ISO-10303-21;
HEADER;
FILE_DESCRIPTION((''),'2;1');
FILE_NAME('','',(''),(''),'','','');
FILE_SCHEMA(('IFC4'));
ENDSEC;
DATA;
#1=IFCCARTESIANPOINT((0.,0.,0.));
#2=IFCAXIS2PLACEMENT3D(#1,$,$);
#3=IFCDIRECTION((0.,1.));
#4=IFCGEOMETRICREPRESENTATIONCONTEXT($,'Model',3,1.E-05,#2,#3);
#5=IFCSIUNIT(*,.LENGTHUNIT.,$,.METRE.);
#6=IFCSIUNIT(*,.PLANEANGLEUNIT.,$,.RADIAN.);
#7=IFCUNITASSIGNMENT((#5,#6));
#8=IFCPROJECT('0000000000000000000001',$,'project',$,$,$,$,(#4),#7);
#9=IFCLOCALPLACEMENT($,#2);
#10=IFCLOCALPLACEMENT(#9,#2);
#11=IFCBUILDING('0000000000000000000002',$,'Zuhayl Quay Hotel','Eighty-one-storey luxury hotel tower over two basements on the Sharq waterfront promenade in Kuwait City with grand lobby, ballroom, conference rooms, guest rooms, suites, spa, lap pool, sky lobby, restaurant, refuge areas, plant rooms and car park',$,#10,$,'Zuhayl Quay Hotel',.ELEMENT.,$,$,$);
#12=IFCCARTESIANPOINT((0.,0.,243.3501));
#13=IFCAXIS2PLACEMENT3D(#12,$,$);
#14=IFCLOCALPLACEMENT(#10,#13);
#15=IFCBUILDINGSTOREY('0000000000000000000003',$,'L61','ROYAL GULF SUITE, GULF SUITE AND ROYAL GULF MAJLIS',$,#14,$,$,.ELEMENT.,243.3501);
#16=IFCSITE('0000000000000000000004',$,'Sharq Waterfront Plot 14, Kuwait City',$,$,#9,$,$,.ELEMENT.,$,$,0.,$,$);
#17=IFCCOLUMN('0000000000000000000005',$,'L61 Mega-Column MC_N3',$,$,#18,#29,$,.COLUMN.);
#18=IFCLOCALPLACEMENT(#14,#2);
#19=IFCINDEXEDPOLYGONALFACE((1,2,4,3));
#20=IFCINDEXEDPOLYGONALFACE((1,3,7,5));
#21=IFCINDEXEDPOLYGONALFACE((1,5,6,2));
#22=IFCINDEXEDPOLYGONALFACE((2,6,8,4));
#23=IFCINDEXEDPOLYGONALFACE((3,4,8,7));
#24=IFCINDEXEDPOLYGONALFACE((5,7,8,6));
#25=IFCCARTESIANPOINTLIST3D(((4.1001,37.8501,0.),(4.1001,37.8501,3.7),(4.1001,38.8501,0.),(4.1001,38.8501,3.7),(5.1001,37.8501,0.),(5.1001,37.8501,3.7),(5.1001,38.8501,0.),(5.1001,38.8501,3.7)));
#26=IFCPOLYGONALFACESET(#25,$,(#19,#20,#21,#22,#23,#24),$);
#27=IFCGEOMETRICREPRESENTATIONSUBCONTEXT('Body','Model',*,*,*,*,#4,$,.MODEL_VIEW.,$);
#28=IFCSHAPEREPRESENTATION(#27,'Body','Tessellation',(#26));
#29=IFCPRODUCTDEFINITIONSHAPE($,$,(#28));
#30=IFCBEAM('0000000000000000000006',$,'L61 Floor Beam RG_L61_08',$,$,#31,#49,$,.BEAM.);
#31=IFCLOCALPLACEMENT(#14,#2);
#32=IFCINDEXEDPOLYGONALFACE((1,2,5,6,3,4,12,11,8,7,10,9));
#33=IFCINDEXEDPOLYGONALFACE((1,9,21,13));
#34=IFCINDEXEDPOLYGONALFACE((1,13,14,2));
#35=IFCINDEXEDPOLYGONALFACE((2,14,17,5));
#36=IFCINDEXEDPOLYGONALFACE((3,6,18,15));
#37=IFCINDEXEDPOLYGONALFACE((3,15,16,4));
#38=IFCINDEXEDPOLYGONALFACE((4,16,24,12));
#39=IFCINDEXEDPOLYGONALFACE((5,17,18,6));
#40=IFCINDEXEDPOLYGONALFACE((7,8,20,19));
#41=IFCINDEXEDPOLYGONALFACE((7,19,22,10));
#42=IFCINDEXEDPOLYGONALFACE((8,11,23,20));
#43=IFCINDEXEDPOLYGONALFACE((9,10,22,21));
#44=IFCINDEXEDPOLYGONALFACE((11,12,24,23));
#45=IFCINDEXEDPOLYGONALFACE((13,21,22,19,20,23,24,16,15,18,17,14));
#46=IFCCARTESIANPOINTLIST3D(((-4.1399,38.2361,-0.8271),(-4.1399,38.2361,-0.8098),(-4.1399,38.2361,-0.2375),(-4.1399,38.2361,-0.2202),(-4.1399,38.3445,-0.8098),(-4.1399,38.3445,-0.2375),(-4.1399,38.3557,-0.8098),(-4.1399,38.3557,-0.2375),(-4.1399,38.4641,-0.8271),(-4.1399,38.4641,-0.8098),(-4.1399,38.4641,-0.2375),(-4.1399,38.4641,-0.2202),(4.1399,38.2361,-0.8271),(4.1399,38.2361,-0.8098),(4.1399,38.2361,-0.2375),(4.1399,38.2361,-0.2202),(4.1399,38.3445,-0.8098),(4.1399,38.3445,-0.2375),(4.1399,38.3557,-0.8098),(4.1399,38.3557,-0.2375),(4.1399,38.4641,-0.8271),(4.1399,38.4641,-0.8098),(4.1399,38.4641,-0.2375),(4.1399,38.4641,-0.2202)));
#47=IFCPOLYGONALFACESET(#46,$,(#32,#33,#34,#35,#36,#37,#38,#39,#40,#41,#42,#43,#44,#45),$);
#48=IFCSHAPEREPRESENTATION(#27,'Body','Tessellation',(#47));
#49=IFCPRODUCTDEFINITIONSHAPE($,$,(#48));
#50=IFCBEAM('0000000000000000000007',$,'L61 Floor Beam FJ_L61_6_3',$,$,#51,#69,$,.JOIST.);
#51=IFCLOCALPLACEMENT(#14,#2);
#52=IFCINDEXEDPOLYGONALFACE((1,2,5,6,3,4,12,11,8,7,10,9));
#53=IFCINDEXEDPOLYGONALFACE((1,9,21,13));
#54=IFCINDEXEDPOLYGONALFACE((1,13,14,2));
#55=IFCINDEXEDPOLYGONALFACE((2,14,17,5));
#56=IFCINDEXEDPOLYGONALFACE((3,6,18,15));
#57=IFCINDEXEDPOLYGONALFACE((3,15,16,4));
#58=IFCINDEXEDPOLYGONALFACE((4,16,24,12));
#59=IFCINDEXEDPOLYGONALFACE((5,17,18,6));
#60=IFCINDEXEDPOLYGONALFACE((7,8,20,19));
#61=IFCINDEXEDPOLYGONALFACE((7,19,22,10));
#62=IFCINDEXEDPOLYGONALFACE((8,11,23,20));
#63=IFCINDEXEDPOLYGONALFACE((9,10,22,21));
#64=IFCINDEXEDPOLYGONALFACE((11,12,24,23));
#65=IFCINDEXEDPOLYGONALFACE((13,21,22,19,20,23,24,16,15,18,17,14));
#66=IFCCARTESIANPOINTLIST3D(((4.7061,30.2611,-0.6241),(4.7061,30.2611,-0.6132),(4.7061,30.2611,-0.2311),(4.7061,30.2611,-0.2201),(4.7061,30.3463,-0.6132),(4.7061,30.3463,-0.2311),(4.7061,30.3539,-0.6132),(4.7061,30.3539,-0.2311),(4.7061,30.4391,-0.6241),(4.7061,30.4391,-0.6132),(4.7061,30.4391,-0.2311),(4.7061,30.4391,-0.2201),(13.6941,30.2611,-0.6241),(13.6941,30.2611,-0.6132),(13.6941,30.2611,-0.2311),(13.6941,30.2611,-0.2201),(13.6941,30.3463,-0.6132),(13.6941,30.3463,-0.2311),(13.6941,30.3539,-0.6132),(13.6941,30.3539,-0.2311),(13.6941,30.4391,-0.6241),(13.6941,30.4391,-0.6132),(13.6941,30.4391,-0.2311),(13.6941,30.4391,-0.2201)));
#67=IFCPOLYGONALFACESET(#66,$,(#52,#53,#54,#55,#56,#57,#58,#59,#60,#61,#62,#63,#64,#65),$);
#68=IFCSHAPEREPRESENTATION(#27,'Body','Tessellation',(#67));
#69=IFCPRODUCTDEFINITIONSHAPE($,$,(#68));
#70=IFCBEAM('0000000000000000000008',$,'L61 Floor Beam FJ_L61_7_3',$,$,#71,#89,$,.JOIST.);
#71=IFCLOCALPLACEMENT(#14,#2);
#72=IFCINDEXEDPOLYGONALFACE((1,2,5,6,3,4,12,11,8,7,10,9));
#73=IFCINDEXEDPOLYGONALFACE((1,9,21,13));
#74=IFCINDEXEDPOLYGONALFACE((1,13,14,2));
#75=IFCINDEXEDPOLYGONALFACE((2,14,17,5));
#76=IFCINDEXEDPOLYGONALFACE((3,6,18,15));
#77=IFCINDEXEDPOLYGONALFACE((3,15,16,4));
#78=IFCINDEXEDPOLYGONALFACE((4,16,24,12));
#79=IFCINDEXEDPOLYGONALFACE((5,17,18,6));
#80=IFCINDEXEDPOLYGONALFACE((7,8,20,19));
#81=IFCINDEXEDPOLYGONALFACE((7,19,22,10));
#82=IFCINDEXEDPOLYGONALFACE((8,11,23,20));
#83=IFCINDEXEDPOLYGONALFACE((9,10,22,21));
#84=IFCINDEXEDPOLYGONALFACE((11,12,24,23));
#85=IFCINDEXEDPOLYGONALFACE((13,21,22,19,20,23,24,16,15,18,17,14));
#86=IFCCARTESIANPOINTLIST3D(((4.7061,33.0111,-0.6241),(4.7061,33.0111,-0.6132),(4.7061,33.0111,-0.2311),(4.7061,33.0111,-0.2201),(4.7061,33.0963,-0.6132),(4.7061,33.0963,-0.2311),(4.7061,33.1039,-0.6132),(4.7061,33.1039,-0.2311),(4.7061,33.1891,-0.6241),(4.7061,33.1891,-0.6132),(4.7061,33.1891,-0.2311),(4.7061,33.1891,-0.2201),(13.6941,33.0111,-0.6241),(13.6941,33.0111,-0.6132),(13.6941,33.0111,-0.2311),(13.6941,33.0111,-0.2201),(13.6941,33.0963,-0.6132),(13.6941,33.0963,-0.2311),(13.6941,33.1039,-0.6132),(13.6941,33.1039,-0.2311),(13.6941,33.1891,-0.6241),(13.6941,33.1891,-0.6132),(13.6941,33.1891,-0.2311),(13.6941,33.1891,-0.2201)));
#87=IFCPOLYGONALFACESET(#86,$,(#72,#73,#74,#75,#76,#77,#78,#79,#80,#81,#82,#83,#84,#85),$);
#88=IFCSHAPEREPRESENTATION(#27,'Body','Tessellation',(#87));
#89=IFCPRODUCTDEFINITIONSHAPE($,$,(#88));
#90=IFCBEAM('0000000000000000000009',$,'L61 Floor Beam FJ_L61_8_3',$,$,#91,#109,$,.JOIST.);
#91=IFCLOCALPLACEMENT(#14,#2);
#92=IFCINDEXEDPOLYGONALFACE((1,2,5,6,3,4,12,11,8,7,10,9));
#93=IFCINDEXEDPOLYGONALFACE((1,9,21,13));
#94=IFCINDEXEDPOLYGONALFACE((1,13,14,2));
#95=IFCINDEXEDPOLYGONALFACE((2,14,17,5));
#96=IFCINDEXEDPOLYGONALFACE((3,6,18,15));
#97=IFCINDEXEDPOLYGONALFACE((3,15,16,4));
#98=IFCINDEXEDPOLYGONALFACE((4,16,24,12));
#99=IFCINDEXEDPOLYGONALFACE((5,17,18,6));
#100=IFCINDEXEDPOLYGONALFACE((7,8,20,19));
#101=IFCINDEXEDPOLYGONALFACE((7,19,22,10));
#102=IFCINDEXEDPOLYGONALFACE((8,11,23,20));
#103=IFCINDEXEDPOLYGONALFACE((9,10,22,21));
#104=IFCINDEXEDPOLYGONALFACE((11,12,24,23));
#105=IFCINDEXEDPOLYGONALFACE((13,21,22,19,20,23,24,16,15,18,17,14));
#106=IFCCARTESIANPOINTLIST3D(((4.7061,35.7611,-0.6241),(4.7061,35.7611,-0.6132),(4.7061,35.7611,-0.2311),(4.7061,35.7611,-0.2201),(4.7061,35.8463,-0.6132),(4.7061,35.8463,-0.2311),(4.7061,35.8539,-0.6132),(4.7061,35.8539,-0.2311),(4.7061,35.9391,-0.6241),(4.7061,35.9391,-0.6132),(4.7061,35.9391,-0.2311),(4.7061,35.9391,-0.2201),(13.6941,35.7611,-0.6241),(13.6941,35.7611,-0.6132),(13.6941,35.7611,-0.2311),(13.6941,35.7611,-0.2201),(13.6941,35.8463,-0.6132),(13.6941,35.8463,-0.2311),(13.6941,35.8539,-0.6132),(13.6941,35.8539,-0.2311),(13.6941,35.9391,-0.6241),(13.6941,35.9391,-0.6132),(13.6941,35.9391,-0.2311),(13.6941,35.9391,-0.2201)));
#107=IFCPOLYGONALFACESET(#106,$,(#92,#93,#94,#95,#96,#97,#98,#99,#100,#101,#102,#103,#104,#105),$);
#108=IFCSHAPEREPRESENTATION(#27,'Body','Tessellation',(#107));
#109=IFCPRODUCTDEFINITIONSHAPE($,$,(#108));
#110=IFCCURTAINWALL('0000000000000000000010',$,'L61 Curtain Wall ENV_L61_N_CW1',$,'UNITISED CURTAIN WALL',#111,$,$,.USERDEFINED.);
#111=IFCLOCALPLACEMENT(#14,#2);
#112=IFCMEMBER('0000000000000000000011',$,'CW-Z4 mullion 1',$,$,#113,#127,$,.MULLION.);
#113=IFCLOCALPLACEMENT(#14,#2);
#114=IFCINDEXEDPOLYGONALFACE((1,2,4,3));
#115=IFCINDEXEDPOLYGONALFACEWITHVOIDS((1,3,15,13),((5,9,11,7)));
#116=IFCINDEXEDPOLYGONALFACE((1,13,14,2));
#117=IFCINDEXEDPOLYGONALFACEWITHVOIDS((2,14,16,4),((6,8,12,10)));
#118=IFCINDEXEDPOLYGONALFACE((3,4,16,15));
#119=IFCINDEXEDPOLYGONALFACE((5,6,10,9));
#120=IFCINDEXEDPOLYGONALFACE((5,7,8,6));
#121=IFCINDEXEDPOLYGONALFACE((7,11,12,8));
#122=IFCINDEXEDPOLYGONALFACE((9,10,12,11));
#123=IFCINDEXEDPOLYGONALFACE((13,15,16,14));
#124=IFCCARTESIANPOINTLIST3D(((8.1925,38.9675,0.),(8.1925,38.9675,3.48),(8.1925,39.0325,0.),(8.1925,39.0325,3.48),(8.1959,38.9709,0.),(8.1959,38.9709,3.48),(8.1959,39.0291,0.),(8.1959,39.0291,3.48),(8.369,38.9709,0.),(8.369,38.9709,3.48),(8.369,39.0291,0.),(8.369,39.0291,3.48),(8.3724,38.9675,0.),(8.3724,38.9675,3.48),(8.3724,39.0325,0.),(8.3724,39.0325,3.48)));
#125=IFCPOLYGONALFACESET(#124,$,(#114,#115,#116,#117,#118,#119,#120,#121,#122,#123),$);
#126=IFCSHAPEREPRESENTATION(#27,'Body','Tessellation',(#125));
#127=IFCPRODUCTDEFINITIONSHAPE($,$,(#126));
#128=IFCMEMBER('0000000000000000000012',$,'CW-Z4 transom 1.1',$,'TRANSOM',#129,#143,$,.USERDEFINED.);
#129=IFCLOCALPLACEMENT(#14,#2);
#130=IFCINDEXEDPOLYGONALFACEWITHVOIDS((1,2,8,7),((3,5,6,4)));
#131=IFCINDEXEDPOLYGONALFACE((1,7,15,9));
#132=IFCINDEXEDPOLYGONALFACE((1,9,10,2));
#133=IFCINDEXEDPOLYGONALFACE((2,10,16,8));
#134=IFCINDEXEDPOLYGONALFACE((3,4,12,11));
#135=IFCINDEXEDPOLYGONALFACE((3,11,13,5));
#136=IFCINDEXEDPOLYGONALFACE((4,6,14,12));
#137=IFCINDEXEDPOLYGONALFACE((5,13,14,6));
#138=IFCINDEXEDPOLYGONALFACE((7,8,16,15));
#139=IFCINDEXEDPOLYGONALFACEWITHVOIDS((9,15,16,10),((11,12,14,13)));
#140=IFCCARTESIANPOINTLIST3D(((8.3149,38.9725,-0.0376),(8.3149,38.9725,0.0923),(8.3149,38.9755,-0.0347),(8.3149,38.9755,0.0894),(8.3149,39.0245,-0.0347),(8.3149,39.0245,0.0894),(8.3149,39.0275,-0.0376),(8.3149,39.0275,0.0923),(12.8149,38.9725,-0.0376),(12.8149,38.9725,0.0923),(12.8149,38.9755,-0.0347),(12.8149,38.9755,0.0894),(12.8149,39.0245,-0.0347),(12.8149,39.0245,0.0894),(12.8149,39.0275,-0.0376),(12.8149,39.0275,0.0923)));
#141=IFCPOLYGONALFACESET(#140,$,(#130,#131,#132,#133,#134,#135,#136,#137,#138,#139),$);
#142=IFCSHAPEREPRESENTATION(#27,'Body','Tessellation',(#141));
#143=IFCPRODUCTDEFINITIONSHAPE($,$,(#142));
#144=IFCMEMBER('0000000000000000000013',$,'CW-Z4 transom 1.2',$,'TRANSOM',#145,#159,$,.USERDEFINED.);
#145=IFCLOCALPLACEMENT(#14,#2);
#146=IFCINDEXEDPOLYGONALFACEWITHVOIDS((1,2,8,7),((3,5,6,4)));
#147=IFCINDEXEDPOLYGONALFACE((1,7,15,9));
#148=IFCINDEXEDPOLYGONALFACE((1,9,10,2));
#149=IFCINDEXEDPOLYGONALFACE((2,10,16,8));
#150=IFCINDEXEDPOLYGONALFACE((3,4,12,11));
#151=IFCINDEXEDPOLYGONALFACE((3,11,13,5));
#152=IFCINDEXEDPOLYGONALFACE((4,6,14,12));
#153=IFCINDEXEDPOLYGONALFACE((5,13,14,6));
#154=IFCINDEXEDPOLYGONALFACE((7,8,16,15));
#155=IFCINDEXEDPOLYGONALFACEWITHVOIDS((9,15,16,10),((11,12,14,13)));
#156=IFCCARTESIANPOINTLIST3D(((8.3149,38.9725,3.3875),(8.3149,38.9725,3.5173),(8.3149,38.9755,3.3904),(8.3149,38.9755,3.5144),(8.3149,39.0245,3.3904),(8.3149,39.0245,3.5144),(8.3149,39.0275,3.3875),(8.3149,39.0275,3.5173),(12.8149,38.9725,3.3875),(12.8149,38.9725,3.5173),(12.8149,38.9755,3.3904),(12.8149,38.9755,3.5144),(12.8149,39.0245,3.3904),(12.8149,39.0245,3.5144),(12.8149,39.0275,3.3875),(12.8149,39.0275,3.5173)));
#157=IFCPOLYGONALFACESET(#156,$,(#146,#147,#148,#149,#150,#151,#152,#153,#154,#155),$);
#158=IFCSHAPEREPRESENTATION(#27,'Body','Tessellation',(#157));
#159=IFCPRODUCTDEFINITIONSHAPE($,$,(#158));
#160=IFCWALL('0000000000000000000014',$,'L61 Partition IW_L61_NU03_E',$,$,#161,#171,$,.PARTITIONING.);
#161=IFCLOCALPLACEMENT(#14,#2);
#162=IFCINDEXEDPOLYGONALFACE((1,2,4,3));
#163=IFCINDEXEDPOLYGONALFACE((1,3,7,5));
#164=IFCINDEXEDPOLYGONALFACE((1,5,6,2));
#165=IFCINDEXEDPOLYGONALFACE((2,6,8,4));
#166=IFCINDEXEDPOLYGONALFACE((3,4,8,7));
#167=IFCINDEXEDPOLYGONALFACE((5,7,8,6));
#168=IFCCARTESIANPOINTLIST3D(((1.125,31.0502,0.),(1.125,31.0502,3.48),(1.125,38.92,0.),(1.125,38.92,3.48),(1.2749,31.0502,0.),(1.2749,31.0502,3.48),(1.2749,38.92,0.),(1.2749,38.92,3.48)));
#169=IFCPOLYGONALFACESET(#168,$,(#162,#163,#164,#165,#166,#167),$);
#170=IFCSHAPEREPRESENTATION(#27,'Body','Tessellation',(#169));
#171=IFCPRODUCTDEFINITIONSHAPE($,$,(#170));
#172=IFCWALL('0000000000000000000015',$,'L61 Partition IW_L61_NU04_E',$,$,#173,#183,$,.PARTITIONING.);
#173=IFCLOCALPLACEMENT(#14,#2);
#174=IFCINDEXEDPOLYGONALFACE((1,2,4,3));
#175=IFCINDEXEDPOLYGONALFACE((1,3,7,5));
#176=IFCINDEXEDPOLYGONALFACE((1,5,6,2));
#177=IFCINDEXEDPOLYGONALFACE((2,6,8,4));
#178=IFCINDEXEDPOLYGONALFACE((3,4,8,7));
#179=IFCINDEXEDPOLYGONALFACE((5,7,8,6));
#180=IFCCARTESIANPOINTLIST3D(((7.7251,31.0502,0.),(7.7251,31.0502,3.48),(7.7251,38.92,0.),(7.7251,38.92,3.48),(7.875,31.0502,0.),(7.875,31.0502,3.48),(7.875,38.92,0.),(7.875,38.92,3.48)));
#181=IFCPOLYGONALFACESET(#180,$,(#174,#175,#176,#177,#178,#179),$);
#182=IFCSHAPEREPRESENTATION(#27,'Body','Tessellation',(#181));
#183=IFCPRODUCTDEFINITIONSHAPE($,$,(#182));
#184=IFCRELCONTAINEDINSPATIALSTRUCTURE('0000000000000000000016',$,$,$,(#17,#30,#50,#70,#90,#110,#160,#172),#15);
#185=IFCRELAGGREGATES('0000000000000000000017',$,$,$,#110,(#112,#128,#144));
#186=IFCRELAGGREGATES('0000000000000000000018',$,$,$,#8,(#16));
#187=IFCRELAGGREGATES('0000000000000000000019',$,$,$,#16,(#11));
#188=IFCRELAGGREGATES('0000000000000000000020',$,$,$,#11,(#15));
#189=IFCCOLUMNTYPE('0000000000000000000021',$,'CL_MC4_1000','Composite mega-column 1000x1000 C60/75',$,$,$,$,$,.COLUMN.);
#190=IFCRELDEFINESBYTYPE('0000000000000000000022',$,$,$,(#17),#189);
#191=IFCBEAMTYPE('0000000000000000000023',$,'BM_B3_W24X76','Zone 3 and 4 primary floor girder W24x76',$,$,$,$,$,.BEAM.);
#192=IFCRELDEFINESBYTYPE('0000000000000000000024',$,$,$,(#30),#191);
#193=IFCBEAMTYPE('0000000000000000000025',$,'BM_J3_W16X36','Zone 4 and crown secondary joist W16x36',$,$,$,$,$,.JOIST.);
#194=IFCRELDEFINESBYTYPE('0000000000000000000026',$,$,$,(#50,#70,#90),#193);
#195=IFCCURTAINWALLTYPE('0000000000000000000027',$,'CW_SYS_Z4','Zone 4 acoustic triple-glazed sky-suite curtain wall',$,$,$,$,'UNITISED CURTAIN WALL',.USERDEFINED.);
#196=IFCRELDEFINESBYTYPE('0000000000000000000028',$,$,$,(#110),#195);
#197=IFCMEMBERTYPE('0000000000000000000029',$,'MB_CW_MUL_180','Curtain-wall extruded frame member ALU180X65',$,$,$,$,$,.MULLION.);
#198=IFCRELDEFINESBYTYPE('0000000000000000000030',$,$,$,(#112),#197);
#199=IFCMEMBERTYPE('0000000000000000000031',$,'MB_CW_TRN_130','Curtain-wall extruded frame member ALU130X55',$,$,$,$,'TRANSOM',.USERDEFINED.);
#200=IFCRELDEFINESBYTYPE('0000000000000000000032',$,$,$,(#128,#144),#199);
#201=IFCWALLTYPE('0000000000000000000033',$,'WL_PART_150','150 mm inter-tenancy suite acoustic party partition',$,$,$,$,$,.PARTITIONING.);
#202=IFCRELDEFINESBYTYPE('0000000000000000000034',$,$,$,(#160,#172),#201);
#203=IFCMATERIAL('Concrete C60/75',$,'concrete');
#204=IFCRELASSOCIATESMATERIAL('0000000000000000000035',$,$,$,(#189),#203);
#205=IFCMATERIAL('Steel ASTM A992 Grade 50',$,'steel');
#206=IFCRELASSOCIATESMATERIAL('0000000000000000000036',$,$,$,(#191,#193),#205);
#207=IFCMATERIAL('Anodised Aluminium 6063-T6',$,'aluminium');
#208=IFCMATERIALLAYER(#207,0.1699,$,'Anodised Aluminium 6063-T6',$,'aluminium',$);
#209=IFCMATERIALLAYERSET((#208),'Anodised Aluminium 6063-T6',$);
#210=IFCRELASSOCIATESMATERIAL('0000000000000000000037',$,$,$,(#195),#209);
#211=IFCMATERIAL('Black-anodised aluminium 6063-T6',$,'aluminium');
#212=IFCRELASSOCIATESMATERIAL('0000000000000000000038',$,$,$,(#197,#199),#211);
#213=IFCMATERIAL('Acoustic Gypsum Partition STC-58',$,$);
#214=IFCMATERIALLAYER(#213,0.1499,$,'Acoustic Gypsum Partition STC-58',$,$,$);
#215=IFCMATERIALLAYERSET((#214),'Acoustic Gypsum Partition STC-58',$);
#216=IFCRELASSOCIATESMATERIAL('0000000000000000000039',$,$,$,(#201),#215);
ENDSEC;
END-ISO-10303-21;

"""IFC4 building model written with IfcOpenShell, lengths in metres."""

from ifc_helpers import new_model, si_unit, direction, frame, frame_2d, origin, origin_2d, place, context, subcontext, project, spatial, rectangle, hollow_rectangle, i_section, extrude, material, layer, layer_set, material_profile, profile_set, type_object, element, aggregate, save


model = new_model("IFC4")

# Units and contexts
model_context = context("Model", 3, precision=1e-05, world=origin(), true_north=direction((0.0, 1.0)))
body_context = subcontext(model_context, "Body", "Model", "MODEL_VIEW")
ifc_project = project(units=[si_unit("LENGTHUNIT", "METRE"), si_unit("PLANEANGLEUNIT", "RADIAN")], contexts=[model_context])

# Site, building, storey
site_placement = place(None, origin())
site = spatial("IfcSite", under=ifc_project, at=site_placement, Name="Sharq Waterfront Plot 14, Kuwait City", CompositionType="ELEMENT", RefElevation=0.0)
building_placement = place(site_placement, origin())
building = spatial("IfcBuilding", under=site, at=building_placement, Name="Zuhayl Quay Hotel", Description="Eighty-one-storey luxury hotel tower over two basements on the Sharq waterfront promenade in Kuwait City with grand lobby, ballroom, conference rooms, guest rooms, suites, spa, lap pool, sky lobby, restaurant, refuge areas, plant rooms and car park", LongName="Zuhayl Quay Hotel", CompositionType="ELEMENT")
storey_placement = place(building_placement, frame((0.0, 0.0, 243.3501)))
storey = spatial("IfcBuildingStorey", under=building, at=storey_placement, Name="L61", Description="ROYAL GULF SUITE, GULF SUITE AND ROYAL GULF MAJLIS", CompositionType="ELEMENT", Elevation=243.3501)

# Column
ifc_material_1 = material(Name="Concrete C60/75", Category="concrete")
ifc_material_profile_1 = material_profile(ifc_material_1, rectangle(XDim=1.0, YDim=1.0, at=origin_2d()), Name="RC1000X1000")
ifc_profile_set_1 = profile_set([ifc_material_profile_1], Name="Concrete C60/75")
column_type = type_object("IfcColumnType", Name="CL_MC4_1000", Description="Composite mega-column 1000x1000 C60/75", PredefinedType="COLUMN", material=ifc_profile_set_1)
column_placement = place(storey_placement, frame((4.6001, 38.3501, 0.0), z_axis=(0.0, 0.0, 1.0), x_axis=(1.0, 0.0, 0.0)))
element("IfcColumn", 1, at=column_placement, inside=storey, type_object=column_type, Name="L61 Mega-Column MC_N3", PredefinedType="COLUMN", context=body_context, shape_type="SweptSolid", body=[
    extrude(rectangle(XDim=1.0, YDim=1.0, at=origin_2d()), origin(), (0.0, 0.0, 1.0), 3.7),
])

# Beams
ifc_material_2 = material(Name="Steel ASTM A992 Grade 50", Category="steel")
ifc_material_profile_2 = material_profile(ifc_material_2, i_section(OverallWidth=0.228, OverallDepth=0.6069, WebThickness=0.0112, FlangeThickness=0.0173, at=origin_2d()), Name="W24X76")
ifc_profile_set_2 = profile_set([ifc_material_profile_2], Name="Steel ASTM A992 Grade 50")
beam_type_1 = type_object("IfcBeamType", Name="BM_B3_W24X76", Description="Zone 3 and 4 primary floor girder W24x76", PredefinedType="BEAM", material=ifc_profile_set_2)
beam_placement = place(storey_placement, frame((4.1399, 38.3501, -0.5237), z_axis=(-1.0, 0.0, 0.0), x_axis=(0.0, -1.0, 0.0)))
element("IfcBeam", 2, at=beam_placement, inside=storey, type_object=beam_type_1, Name="L61 Floor Beam RG_L61_08", PredefinedType="BEAM", context=body_context, shape_type="SweptSolid", body=[
    extrude(i_section(OverallWidth=0.228, OverallDepth=0.6069, WebThickness=0.0112, FlangeThickness=0.0173, at=origin_2d()), origin(), (0.0, 0.0, 1.0), 8.2798),
])
ifc_material_profile_3 = material_profile(ifc_material_2, i_section(OverallWidth=0.178, OverallDepth=0.4041, WebThickness=0.0076, FlangeThickness=0.011, at=origin_2d()), Name="W16X36")
ifc_profile_set_3 = profile_set([ifc_material_profile_3], Name="Steel ASTM A992 Grade 50")
beam_type_2 = type_object("IfcBeamType", Name="BM_J3_W16X36", Description="Zone 4 and crown secondary joist W16x36", PredefinedType="JOIST", material=ifc_profile_set_3)
for number, where, z_axis, x_axis, name in (
    (3, (4.7061, 30.3501, -0.4221), (1.0, 0.0, 0.0), (0.0, 1.0, 0.0), "L61 Floor Beam FJ_L61_6_3"),
    (4, (4.7061, 33.1001, -0.4221), (1.0, 0.0, 0.0), (0.0, 1.0, 0.0), "L61 Floor Beam FJ_L61_7_3"),
    (5, (4.7061, 35.8501, -0.4221), (1.0, 0.0, 0.0), (0.0, 1.0, 0.0), "L61 Floor Beam FJ_L61_8_3"),
):
    element("IfcBeam", number, at=place(storey_placement, frame(where, z_axis=z_axis, x_axis=x_axis)), inside=storey, type_object=beam_type_2, Name=name, PredefinedType="JOIST", context=body_context, shape_type="SweptSolid", body=[
        extrude(i_section(OverallWidth=0.178, OverallDepth=0.4041, WebThickness=0.0076, FlangeThickness=0.011, at=origin_2d()), origin(), (0.0, 0.0, 1.0), 8.988),
    ])

# Curtain wall, members
ifc_material_3 = material(Name="Anodised Aluminium 6063-T6", Category="aluminium")
ifc_layer_1 = layer(ifc_material_3, 0.1699, Name="Anodised Aluminium 6063-T6", Category="aluminium")
ifc_layer_set_1 = layer_set([ifc_layer_1], Name="Anodised Aluminium 6063-T6")
curtain_wall_type = type_object("IfcCurtainWallType", Name="CW_SYS_Z4", Description="Zone 4 acoustic triple-glazed sky-suite curtain wall", ElementType="UNITISED CURTAIN WALL", PredefinedType="USERDEFINED", material=ifc_layer_set_1)
curtain_wall_placement = place(storey_placement, origin())
curtain_wall = element("IfcCurtainWall", 6, at=curtain_wall_placement, inside=storey, type_object=curtain_wall_type, Name="L61 Curtain Wall ENV_L61_N_CW1", ObjectType="UNITISED CURTAIN WALL", PredefinedType="USERDEFINED")
ifc_material_4 = material(Name="Black-anodised aluminium 6063-T6", Category="aluminium")
ifc_material_profile_4 = material_profile(ifc_material_4, hollow_rectangle(XDim=0.0649, YDim=0.1799, WallThickness=0.0034, at=origin_2d()), Name="ALU180X65")
ifc_profile_set_4 = profile_set([ifc_material_profile_4], Name="Black-anodised aluminium 6063-T6")
member_type_1 = type_object("IfcMemberType", Name="MB_CW_MUL_180", Description="Curtain-wall extruded frame member ALU180X65", PredefinedType="MULLION", material=ifc_profile_set_4)
member_1_placement = place(storey_placement, frame((8.2825, 39.0, 0.0), z_axis=(0.0, 0.0, 1.0), x_axis=(0.0, 1.0, 0.0)))
member_1 = element("IfcMember", 7, at=member_1_placement, type_object=member_type_1, Name="CW-Z4 mullion 1", PredefinedType="MULLION", context=body_context, shape_type="SweptSolid", body=[
    extrude(hollow_rectangle(XDim=0.0649, YDim=0.1799, WallThickness=0.0034, at=origin_2d()), origin(), (0.0, 0.0, 1.0), 3.48),
])
ifc_material_profile_5 = material_profile(ifc_material_4, hollow_rectangle(XDim=0.0549, YDim=0.1299, WallThickness=0.0029, at=origin_2d()), Name="ALU130X55")
ifc_profile_set_5 = profile_set([ifc_material_profile_5], Name="Black-anodised aluminium 6063-T6")
member_type_2 = type_object("IfcMemberType", Name="MB_CW_TRN_130", Description="Curtain-wall extruded frame member ALU130X55", ElementType="TRANSOM", PredefinedType="USERDEFINED", material=ifc_profile_set_5)
member_2_placement = place(storey_placement, frame((8.3149, 39.0, 0.0273), z_axis=(1.0, 0.0, 0.0), x_axis=(0.0, 1.0, 0.0)))
member_2 = element("IfcMember", 8, at=member_2_placement, type_object=member_type_2, Name="CW-Z4 transom 1.1", ObjectType="TRANSOM", PredefinedType="USERDEFINED", context=body_context, shape_type="SweptSolid", body=[
    extrude(hollow_rectangle(XDim=0.0549, YDim=0.1299, WallThickness=0.0029, at=origin_2d()), origin(), (0.0, 0.0, 1.0), 4.5),
])
member_3_placement = place(storey_placement, frame((8.3149, 39.0, 3.4524), z_axis=(1.0, 0.0, 0.0), x_axis=(0.0, 1.0, 0.0)))
member_3 = element("IfcMember", 9, at=member_3_placement, type_object=member_type_2, Name="CW-Z4 transom 1.2", ObjectType="TRANSOM", PredefinedType="USERDEFINED", context=body_context, shape_type="SweptSolid", body=[
    extrude(hollow_rectangle(XDim=0.0549, YDim=0.1299, WallThickness=0.0029, at=origin_2d()), origin(), (0.0, 0.0, 1.0), 4.5),
])
aggregate(curtain_wall, [member_1, member_2, member_3])

# Walls
ifc_material_5 = material(Name="Acoustic Gypsum Partition STC-58")
ifc_layer_2 = layer(ifc_material_5, 0.1499, Name="Acoustic Gypsum Partition STC-58")
ifc_layer_set_2 = layer_set([ifc_layer_2], Name="Acoustic Gypsum Partition STC-58")
wall_type_1 = type_object("IfcWallType", Name="WL_PART_150", Description="150 mm inter-tenancy suite acoustic party partition", PredefinedType="PARTITIONING", material=ifc_layer_set_2)
for number, where, z_axis, x_axis, name in (
    (10, (1.2, 31.05, 0.0), (0.0, 0.0, 1.0), (0.0, 1.0, 0.0), "L61 Partition IW_L61_NU03_E"),
    (11, (7.8, 31.05, 0.0), (0.0, 0.0, 1.0), (0.0, 1.0, 0.0), "L61 Partition IW_L61_NU04_E"),
):
    element("IfcWall", number, at=place(storey_placement, frame(where, z_axis=z_axis, x_axis=x_axis)), inside=storey, type_object=wall_type_1, Name=name, PredefinedType="PARTITIONING", context=body_context, shape_type="SweptSolid", body=[
        extrude(rectangle(XDim=7.8699, YDim=0.1499, at=frame_2d((3.9351, 0.0))), origin(), (0.0, 0.0, 1.0), 3.48),
    ])

save(model, "model.ifc")
